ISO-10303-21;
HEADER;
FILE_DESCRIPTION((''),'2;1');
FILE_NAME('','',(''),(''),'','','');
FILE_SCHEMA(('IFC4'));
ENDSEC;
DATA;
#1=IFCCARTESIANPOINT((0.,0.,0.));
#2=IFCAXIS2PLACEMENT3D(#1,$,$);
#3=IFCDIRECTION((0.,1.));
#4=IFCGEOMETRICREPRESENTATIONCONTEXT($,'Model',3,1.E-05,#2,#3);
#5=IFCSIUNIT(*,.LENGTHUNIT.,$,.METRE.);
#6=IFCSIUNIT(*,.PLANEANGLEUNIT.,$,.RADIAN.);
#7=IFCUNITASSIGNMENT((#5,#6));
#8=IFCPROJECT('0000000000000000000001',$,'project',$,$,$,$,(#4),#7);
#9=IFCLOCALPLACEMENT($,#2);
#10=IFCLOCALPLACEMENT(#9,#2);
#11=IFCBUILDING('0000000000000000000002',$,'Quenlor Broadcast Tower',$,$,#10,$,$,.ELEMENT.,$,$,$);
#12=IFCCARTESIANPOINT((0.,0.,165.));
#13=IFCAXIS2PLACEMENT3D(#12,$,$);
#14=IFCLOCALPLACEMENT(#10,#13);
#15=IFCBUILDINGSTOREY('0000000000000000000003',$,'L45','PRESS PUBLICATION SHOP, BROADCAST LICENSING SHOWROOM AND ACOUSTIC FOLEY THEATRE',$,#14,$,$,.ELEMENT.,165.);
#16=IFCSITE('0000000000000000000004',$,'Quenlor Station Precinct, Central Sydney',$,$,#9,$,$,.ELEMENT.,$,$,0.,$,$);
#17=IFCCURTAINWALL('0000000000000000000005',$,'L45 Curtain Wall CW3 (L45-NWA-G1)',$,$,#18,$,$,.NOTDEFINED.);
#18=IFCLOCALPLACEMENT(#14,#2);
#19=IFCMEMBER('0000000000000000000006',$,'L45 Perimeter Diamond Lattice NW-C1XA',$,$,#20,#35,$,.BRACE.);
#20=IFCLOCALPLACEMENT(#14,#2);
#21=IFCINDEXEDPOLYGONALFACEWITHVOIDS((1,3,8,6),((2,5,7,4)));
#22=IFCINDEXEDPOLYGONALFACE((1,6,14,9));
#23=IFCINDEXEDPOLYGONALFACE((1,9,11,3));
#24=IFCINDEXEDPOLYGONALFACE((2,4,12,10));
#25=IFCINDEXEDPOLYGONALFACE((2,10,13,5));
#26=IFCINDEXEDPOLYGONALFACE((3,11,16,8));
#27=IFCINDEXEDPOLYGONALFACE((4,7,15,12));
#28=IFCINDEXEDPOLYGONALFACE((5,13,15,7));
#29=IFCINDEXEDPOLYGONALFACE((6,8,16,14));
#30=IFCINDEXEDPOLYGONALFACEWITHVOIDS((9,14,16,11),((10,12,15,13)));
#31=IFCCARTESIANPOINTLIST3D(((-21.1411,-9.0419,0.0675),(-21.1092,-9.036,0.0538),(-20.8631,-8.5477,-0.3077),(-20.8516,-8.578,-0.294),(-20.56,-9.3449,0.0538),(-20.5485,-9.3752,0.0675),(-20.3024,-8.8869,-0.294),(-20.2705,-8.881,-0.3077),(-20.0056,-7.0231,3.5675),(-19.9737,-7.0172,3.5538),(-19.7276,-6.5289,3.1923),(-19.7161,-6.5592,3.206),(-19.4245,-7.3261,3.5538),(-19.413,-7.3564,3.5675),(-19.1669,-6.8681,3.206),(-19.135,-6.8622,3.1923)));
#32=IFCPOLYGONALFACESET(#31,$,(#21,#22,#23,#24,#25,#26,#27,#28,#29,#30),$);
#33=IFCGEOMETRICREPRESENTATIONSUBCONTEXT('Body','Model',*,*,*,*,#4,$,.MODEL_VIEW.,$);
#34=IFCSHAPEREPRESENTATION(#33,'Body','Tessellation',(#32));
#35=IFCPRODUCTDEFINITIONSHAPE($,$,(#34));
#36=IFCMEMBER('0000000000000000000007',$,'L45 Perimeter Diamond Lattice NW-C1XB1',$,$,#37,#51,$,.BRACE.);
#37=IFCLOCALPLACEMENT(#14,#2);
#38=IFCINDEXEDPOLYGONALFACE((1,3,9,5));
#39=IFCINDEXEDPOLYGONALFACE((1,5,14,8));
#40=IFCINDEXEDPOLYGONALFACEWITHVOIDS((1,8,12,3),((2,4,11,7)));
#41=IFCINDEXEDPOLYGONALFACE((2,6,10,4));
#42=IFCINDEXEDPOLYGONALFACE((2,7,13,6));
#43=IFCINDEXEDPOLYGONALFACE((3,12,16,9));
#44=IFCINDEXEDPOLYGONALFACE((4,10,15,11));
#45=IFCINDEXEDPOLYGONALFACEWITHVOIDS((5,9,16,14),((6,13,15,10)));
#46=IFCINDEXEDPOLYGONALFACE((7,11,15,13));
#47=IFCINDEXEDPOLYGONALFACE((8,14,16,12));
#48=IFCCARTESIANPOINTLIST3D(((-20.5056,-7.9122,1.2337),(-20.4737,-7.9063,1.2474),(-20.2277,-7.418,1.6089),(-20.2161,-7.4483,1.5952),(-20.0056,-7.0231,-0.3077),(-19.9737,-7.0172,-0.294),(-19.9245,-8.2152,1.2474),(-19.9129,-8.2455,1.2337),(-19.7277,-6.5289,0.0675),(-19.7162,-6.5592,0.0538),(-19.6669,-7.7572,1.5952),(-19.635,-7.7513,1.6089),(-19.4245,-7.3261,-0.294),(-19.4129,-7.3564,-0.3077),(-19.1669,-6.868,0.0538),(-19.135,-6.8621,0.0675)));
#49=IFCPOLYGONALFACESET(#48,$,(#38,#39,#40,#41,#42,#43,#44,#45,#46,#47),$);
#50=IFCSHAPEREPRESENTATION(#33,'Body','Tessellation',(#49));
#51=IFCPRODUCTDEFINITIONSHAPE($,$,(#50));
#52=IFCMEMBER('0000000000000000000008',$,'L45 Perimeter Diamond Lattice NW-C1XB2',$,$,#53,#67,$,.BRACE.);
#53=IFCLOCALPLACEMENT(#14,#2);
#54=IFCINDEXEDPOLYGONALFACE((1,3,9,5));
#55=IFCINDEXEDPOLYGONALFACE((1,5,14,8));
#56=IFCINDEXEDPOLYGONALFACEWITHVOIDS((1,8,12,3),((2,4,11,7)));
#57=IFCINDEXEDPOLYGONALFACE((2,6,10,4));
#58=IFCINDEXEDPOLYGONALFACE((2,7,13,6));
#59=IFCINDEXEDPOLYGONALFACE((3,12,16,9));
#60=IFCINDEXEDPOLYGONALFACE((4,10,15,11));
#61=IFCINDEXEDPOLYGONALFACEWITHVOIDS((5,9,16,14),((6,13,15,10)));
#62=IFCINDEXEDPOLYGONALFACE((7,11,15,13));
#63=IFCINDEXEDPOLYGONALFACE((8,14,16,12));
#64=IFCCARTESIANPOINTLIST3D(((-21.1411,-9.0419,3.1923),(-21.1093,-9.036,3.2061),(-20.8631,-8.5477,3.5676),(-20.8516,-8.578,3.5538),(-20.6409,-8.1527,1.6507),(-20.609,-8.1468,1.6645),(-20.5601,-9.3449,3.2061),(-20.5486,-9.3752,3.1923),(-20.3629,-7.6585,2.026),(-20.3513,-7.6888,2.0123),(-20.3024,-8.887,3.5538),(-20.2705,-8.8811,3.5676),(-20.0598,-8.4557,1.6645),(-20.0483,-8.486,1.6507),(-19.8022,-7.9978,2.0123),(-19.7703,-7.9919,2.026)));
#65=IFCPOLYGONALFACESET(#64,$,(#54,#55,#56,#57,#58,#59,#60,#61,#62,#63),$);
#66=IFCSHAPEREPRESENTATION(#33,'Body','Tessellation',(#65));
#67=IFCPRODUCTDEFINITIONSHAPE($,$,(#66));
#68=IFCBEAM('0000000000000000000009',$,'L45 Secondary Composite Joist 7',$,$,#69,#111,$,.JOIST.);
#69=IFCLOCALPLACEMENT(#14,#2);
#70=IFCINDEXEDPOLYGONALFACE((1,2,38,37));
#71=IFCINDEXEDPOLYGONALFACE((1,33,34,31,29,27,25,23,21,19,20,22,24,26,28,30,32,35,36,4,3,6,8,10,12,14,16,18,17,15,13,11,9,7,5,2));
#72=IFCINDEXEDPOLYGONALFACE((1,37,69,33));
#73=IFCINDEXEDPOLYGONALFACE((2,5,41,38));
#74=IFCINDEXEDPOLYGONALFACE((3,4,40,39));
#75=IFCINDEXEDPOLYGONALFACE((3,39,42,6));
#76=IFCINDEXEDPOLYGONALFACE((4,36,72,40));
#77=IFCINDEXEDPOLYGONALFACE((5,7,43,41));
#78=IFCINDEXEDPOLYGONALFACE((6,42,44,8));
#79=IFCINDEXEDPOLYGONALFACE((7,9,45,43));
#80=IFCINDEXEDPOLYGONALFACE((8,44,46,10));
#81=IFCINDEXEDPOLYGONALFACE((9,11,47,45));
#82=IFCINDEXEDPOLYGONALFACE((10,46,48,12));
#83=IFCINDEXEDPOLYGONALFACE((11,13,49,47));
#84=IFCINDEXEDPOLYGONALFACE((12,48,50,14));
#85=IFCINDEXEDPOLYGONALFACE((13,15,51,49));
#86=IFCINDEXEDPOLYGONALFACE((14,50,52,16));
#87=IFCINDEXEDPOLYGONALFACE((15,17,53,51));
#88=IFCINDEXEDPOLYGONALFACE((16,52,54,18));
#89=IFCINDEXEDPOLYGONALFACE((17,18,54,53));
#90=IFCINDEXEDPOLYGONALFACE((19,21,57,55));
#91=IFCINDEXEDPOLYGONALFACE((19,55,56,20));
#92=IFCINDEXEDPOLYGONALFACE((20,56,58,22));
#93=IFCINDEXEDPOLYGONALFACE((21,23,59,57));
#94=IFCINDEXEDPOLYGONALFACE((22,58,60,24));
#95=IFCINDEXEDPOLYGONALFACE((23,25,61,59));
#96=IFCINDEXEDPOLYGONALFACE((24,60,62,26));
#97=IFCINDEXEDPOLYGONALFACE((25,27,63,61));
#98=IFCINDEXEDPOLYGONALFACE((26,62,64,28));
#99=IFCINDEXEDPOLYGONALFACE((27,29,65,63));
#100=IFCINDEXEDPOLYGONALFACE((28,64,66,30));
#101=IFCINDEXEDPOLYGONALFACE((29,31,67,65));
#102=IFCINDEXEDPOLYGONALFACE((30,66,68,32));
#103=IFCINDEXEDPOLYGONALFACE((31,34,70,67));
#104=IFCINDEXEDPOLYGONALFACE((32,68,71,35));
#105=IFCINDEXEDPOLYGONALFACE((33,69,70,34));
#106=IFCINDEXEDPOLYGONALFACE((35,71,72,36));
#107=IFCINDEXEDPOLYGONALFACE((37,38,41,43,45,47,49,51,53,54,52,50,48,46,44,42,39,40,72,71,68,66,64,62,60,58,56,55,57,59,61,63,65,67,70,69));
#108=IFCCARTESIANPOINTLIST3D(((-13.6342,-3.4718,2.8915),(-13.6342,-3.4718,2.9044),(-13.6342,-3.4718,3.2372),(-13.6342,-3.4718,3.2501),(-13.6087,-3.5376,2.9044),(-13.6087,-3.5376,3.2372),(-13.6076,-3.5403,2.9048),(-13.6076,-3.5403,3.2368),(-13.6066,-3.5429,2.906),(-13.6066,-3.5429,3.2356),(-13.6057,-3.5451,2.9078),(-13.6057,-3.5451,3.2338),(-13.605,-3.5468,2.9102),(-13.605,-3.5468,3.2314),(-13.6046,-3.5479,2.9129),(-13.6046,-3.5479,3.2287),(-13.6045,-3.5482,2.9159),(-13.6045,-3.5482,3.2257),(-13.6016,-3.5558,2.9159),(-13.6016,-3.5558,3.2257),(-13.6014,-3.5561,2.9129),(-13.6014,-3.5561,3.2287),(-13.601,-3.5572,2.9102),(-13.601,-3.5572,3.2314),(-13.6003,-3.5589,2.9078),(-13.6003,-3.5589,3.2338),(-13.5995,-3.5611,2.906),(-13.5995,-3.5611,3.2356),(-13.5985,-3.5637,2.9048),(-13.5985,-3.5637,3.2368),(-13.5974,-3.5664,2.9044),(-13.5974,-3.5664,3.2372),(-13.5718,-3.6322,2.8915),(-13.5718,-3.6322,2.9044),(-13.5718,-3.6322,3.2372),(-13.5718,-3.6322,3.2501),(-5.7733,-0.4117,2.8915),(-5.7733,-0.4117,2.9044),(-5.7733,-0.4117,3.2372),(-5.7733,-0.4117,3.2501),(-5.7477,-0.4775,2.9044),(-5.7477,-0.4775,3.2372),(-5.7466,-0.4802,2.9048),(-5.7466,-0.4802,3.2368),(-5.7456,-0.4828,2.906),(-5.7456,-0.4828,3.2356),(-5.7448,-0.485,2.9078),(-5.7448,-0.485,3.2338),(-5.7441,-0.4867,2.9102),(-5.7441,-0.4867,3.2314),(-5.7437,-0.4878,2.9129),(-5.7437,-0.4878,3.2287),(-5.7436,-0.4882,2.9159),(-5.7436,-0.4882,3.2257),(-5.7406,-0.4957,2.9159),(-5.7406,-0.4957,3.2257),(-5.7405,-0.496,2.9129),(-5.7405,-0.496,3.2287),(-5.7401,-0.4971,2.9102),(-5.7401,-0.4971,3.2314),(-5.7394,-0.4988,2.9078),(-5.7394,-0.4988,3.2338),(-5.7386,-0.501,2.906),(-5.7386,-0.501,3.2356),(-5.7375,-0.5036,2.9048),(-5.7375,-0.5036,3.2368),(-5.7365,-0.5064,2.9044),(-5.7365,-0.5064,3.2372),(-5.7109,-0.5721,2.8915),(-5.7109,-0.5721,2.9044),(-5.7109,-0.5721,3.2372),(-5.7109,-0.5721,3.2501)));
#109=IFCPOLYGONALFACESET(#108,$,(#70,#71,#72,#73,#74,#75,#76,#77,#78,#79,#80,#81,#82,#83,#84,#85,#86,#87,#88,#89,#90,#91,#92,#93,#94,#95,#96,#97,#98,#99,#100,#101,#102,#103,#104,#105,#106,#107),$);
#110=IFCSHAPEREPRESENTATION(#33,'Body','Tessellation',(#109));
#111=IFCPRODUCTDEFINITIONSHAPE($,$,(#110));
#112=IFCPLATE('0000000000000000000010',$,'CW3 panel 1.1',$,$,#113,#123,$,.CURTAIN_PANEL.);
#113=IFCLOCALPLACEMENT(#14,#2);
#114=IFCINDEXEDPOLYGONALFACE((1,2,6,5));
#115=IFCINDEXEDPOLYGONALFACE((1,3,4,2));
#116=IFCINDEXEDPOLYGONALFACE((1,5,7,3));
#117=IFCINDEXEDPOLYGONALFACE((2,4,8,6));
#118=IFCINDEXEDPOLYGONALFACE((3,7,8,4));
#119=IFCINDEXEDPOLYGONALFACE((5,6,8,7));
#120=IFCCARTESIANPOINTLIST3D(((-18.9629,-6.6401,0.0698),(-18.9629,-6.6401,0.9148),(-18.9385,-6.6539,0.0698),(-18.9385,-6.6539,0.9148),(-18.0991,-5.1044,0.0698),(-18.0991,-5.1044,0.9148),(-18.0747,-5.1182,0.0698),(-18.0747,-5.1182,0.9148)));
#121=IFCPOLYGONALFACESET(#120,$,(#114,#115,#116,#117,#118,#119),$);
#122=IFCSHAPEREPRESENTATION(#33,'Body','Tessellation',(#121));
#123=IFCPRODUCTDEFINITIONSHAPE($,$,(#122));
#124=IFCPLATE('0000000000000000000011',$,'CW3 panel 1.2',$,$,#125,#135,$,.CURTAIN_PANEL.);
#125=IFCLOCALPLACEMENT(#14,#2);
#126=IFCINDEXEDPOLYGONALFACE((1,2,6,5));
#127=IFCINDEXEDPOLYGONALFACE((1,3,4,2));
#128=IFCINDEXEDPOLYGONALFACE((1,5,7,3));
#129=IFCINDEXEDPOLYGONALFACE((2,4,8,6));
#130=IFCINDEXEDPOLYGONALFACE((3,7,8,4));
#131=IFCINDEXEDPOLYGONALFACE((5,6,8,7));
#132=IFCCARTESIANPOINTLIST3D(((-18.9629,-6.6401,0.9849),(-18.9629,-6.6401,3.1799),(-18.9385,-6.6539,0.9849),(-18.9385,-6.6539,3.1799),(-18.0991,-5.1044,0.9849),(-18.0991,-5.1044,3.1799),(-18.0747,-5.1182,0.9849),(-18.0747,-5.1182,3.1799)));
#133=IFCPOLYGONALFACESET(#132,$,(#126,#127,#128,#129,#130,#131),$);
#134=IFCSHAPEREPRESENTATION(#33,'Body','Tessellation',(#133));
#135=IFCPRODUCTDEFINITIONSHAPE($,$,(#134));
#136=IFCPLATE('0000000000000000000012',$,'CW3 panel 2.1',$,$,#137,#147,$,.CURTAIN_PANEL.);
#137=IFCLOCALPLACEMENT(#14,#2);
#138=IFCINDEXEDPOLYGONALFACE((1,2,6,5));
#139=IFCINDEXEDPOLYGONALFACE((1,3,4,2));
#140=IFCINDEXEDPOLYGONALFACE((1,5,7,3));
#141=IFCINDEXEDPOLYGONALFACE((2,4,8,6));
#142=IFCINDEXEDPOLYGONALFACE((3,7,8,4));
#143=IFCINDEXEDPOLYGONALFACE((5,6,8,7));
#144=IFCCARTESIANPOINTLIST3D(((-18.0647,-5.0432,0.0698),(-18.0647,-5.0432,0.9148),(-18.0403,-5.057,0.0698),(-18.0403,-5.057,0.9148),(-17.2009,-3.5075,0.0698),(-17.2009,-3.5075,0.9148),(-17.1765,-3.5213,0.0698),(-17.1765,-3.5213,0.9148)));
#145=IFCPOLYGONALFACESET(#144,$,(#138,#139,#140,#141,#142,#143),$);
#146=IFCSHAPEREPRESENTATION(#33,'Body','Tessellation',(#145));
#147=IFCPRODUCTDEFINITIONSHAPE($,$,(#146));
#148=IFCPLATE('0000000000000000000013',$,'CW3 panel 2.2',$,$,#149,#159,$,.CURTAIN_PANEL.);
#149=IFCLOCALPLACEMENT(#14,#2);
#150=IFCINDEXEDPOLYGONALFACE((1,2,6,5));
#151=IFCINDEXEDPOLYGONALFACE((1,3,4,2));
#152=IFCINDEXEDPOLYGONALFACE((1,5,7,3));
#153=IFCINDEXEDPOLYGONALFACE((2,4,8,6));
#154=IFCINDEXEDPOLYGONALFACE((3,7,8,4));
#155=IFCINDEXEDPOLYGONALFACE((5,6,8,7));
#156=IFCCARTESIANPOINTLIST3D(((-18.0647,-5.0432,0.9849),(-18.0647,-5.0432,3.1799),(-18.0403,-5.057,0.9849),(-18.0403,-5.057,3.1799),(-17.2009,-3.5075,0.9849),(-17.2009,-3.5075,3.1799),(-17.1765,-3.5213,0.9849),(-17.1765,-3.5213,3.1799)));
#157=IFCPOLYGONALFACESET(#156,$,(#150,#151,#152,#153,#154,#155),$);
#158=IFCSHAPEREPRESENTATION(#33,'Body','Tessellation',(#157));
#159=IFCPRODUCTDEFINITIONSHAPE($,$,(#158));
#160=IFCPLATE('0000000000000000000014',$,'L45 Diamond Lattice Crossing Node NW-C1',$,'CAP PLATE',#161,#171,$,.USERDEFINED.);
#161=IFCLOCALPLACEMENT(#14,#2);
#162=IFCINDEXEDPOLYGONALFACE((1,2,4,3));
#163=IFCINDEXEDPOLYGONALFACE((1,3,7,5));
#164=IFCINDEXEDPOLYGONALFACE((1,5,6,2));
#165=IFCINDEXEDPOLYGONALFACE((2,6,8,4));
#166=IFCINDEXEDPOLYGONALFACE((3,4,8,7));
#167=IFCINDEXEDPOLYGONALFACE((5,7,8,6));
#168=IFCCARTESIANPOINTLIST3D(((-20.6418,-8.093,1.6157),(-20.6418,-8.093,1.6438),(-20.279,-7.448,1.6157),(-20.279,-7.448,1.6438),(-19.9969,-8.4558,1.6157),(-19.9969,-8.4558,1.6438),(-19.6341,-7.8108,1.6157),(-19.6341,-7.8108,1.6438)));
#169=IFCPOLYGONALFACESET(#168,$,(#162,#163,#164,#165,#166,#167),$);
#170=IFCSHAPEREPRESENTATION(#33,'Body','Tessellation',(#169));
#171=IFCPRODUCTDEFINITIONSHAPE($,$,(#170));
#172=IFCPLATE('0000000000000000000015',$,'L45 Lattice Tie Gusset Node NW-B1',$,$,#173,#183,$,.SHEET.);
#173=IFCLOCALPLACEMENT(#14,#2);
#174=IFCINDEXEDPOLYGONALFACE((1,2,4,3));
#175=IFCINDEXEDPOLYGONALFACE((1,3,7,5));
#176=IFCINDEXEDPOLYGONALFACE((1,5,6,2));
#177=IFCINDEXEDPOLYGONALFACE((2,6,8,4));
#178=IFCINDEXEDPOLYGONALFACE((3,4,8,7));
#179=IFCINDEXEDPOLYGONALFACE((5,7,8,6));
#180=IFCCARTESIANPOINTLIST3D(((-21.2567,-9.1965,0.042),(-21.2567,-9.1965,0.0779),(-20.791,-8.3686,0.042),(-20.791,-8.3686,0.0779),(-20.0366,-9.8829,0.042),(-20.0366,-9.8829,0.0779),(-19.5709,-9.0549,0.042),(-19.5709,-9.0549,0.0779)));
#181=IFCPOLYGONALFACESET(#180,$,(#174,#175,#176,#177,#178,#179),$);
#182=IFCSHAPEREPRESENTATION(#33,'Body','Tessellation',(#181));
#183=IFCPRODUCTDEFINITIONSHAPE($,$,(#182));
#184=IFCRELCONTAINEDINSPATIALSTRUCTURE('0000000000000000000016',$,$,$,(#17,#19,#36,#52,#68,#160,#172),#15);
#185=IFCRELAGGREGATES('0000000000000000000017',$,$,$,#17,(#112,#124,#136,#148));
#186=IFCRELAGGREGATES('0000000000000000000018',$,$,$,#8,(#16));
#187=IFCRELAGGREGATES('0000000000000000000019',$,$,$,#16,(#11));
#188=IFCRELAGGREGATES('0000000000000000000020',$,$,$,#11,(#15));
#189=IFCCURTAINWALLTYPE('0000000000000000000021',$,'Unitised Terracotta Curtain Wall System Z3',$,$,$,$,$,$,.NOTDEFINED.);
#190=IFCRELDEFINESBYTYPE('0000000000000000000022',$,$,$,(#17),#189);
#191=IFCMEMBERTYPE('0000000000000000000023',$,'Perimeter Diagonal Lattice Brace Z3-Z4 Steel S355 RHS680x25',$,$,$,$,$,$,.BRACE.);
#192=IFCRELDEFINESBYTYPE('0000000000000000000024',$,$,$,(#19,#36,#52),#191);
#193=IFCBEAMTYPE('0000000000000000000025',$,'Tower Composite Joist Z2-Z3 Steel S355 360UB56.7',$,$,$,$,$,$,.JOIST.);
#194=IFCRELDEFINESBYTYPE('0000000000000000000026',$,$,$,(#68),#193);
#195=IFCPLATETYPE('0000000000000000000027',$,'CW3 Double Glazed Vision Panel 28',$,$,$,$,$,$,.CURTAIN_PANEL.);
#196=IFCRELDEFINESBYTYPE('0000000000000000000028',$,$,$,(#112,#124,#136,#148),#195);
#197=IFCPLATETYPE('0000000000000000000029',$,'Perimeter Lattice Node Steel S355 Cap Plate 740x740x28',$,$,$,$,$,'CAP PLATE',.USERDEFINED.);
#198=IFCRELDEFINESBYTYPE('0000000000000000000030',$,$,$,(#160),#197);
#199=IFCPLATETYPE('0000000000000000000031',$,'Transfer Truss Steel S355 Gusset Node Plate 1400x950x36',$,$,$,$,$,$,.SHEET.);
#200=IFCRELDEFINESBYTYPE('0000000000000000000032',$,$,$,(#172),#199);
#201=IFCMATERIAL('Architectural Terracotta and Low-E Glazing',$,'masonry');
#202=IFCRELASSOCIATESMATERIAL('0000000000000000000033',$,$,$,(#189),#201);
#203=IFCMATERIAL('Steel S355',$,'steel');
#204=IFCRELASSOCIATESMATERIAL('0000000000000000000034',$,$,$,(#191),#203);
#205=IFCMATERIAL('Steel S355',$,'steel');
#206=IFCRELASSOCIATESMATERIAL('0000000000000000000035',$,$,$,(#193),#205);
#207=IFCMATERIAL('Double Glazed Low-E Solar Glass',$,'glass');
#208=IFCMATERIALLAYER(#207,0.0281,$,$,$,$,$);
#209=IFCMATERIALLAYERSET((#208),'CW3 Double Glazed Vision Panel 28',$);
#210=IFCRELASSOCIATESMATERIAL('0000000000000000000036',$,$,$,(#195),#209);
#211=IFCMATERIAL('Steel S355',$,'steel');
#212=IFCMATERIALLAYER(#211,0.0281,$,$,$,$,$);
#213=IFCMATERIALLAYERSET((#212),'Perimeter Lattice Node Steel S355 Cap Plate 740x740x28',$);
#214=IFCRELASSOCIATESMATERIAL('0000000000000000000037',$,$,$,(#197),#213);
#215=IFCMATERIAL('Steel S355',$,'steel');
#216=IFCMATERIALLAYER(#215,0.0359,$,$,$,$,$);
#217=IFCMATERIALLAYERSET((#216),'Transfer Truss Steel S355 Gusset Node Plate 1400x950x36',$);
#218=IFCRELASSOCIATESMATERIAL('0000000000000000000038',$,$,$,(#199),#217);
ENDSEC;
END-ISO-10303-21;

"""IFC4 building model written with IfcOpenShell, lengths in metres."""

from ifc_helpers import new_model, si_unit, direction, frame, origin, origin_2d, place, context, subcontext, project, spatial, rectangle, hollow_rectangle, i_section, extrude, material, layer, layer_set, material_profile, profile_set, type_object, element, aggregate, save


model = new_model("IFC4")

# Units and contexts
model_context = context("Model", 3, precision=1e-05, world=origin(), true_north=direction((0.0, 1.0)))
body_context = subcontext(model_context, "Body", "Model", "MODEL_VIEW")
ifc_project = project(units=[si_unit("LENGTHUNIT", "METRE"), si_unit("PLANEANGLEUNIT", "RADIAN")], contexts=[model_context])

# Site, building, storey
site_placement = place(None, origin())
site = spatial("IfcSite", under=ifc_project, at=site_placement, Name="Quenlor Station Precinct, Central Sydney", CompositionType="ELEMENT", RefElevation=0.0)
building_placement = place(site_placement, origin())
building = spatial("IfcBuilding", under=site, at=building_placement, Name="Quenlor Broadcast Tower", CompositionType="ELEMENT")
storey_placement = place(building_placement, frame((0.0, 0.0, 165.0)))
storey = spatial("IfcBuildingStorey", under=building, at=storey_placement, Name="L45", Description="PRESS PUBLICATION SHOP, BROADCAST LICENSING SHOWROOM AND ACOUSTIC FOLEY THEATRE", CompositionType="ELEMENT", Elevation=165.0)

# Curtain wall
ifc_material_1 = material(Name="Architectural Terracotta and Low-E Glazing", Category="masonry")
curtain_wall_type = type_object("IfcCurtainWallType", Name="Unitised Terracotta Curtain Wall System Z3", PredefinedType="NOTDEFINED", material=ifc_material_1)
curtain_wall_placement = place(storey_placement, origin())
curtain_wall = element("IfcCurtainWall", 1, at=curtain_wall_placement, inside=storey, type_object=curtain_wall_type, Name="L45 Curtain Wall CW3 (L45-NWA-G1)", PredefinedType="NOTDEFINED")

# Members
ifc_material_2 = material(Name="Steel S355", Category="steel")
ifc_material_profile_1 = material_profile(ifc_material_2, hollow_rectangle(XDim=0.6799, YDim=0.6799, WallThickness=0.0249, at=origin_2d()))
ifc_profile_set_1 = profile_set([ifc_material_profile_1], Name="Steel S355 RHS680x680x25")
member_type_1 = type_object("IfcMemberType", Name="Perimeter Diagonal Lattice Brace Z3-Z4 Steel S355 RHS680x25", PredefinedType="BRACE", material=ifc_profile_set_1)
member_1_placement = place(storey_placement, frame((-20.7058, -8.9614, -0.1201), z_axis=(0.270549, 0.481009, 0.833927), x_axis=(-0.87159, 0.490236, 0.0)))
element("IfcMember", 2, at=member_1_placement, inside=storey, type_object=member_type_1, Name="L45 Perimeter Diamond Lattice NW-C1XA", PredefinedType="BRACE", context=body_context, shape_type="SweptSolid", body=[
    extrude(hollow_rectangle(XDim=0.6799, YDim=0.6799, WallThickness=0.0249, at=origin_2d()), origin(), (0.0, 0.0, 1.0), 4.197),
])
member_2_placement = place(storey_placement, frame((-19.5703, -6.9426, -0.1201), z_axis=(-0.270494, -0.481025, 0.833935), x_axis=(0.871639, -0.490148, 0.0)))
element("IfcMember", 3, at=member_2_placement, inside=storey, type_object=member_type_1, Name="L45 Perimeter Diamond Lattice NW-C1XB1", PredefinedType="BRACE", context=body_context, shape_type="SweptSolid", body=[
    extrude(hollow_rectangle(XDim=0.6799, YDim=0.6799, WallThickness=0.0249, at=origin_2d()), origin(), (0.0, 0.0, 1.0), 1.8484),
])
member_3_placement = place(storey_placement, frame((-20.2056, -8.0723, 1.8384), z_axis=(-0.270616, -0.481008, 0.833905), x_axis=(0.871537, -0.490329, 0.0)))
element("IfcMember", 4, at=member_3_placement, inside=storey, type_object=member_type_1, Name="L45 Perimeter Diamond Lattice NW-C1XB2", PredefinedType="BRACE", context=body_context, shape_type="SweptSolid", body=[
    extrude(hollow_rectangle(XDim=0.6799, YDim=0.6799, WallThickness=0.0249, at=origin_2d()), origin(), (0.0, 0.0, 1.0), 1.8486),
])

# Beam
ifc_material_3 = material(Name="Steel S355", Category="steel")
ifc_material_profile_2 = material_profile(ifc_material_3, i_section(OverallWidth=0.1721, OverallDepth=0.3586, WebThickness=0.0081, FlangeThickness=0.0129, FilletRadius=0.0115, at=origin_2d()))
ifc_profile_set_2 = profile_set([ifc_material_profile_2], Name="Steel S355 360UB56.7")
beam_type_1 = type_object("IfcBeamType", Name="Tower Composite Joist Z2-Z3 Steel S355 360UB56.7", PredefinedType="JOIST", material=ifc_profile_set_2)
beam_1_placement = place(storey_placement, frame((-13.603, -3.552, 3.0708), z_axis=(0.931882, 0.362762, 0.0), x_axis=(-0.362762, 0.931882, 0.0)))
element("IfcBeam", 5, at=beam_1_placement, inside=storey, type_object=beam_type_1, Name="L45 Secondary Composite Joist 7", PredefinedType="JOIST", context=body_context, shape_type="SweptSolid", body=[
    extrude(i_section(OverallWidth=0.1721, OverallDepth=0.3586, WebThickness=0.0081, FlangeThickness=0.0129, FilletRadius=0.0115, at=origin_2d()), origin(), (0.0, 0.0, 1.0), 8.4355),
])

# Plates
ifc_material_4 = material(Name="Double Glazed Low-E Solar Glass", Category="glass")
ifc_layer_1 = layer(ifc_material_4, 0.0281)
ifc_layer_set_1 = layer_set([ifc_layer_1], Name="CW3 Double Glazed Vision Panel 28")
plate_type_1 = type_object("IfcPlateType", Name="CW3 Double Glazed Vision Panel 28", PredefinedType="CURTAIN_PANEL", material=ifc_layer_set_1)
plate_1_placement = place(storey_placement, frame((-18.5188, -5.8792, 0.0698), z_axis=(0.0, 0.0, 1.0), x_axis=(0.490259, 0.871577, 0.0)))
plate_1 = element("IfcPlate", 6, at=plate_1_placement, type_object=plate_type_1, Name="CW3 panel 1.1", PredefinedType="CURTAIN_PANEL", context=body_context, shape_type="SweptSolid", body=[
    extrude(rectangle(XDim=1.762, YDim=0.0281, at=origin_2d()), origin(), (0.0, 0.0, 1.0), 0.845),
])
plate_2_placement = place(storey_placement, frame((-18.5188, -5.8792, 0.9849), z_axis=(0.0, 0.0, 1.0), x_axis=(0.490259, 0.871577, 0.0)))
plate_2 = element("IfcPlate", 7, at=plate_2_placement, type_object=plate_type_1, Name="CW3 panel 1.2", PredefinedType="CURTAIN_PANEL", context=body_context, shape_type="SweptSolid", body=[
    extrude(rectangle(XDim=1.762, YDim=0.0281, at=origin_2d()), origin(), (0.0, 0.0, 1.0), 2.1951),
])
plate_3_placement = place(storey_placement, frame((-17.6206, -4.2822, 0.0698), z_axis=(0.0, 0.0, 1.0), x_axis=(0.490259, 0.871577, 0.0)))
plate_3 = element("IfcPlate", 8, at=plate_3_placement, type_object=plate_type_1, Name="CW3 panel 2.1", PredefinedType="CURTAIN_PANEL", context=body_context, shape_type="SweptSolid", body=[
    extrude(rectangle(XDim=1.762, YDim=0.0281, at=origin_2d()), origin(), (0.0, 0.0, 1.0), 0.845),
])
plate_4_placement = place(storey_placement, frame((-17.6206, -4.2822, 0.9849), z_axis=(0.0, 0.0, 1.0), x_axis=(0.490259, 0.871577, 0.0)))
plate_4 = element("IfcPlate", 9, at=plate_4_placement, type_object=plate_type_1, Name="CW3 panel 2.2", PredefinedType="CURTAIN_PANEL", context=body_context, shape_type="SweptSolid", body=[
    extrude(rectangle(XDim=1.762, YDim=0.0281, at=origin_2d()), origin(), (0.0, 0.0, 1.0), 2.1951),
])
aggregate(curtain_wall, [plate_1, plate_2, plate_3, plate_4])

# Plates
ifc_material_5 = material(Name="Steel S355", Category="steel")
ifc_layer_2 = layer(ifc_material_5, 0.0281)
ifc_layer_set_2 = layer_set([ifc_layer_2], Name="Perimeter Lattice Node Steel S355 Cap Plate 740x740x28")
plate_type_2 = type_object("IfcPlateType", Name="Perimeter Lattice Node Steel S355 Cap Plate 740x740x28", ElementType="CAP PLATE", PredefinedType="USERDEFINED", material=ifc_layer_set_2)
plate_5_placement = place(storey_placement, frame((-20.1379, -7.9519, 1.6157), z_axis=(0.0, 0.0, 1.0), x_axis=(0.490295, 0.871556, 0.0)))
element("IfcPlate", 10, at=plate_5_placement, inside=storey, type_object=plate_type_2, Name="L45 Diamond Lattice Crossing Node NW-C1", ObjectType="CAP PLATE", PredefinedType="USERDEFINED", context=body_context, shape_type="SweptSolid", body=[
    extrude(rectangle(XDim=0.74, YDim=0.74, at=origin_2d()), origin(), (0.0, 0.0, 1.0), 0.0281),
])
ifc_material_6 = material(Name="Steel S355", Category="steel")
ifc_layer_3 = layer(ifc_material_6, 0.0359)
ifc_layer_set_3 = layer_set([ifc_layer_3], Name="Transfer Truss Steel S355 Gusset Node Plate 1400x950x36")
plate_type_3 = type_object("IfcPlateType", Name="Transfer Truss Steel S355 Gusset Node Plate 1400x950x36", PredefinedType="SHEET", material=ifc_layer_set_3)
for number, where, z_axis, x_axis, name in (
    (11, (-20.4138, -9.1257, 0.042), (0.0, 0.0, 1.0), (-0.871556, 0.490295, 0.0), "L45 Lattice Tie Gusset Node NW-B1"),
):
    element("IfcPlate", number, at=place(storey_placement, frame(where, z_axis=z_axis, x_axis=x_axis)), inside=storey, type_object=plate_type_3, Name=name, PredefinedType="SHEET", context=body_context, shape_type="SweptSolid", body=[
        extrude(rectangle(XDim=1.3999, YDim=0.95, at=origin_2d()), origin(), (0.0, 0.0, 1.0), 0.0359),
    ])

save(model, "model.ifc")
